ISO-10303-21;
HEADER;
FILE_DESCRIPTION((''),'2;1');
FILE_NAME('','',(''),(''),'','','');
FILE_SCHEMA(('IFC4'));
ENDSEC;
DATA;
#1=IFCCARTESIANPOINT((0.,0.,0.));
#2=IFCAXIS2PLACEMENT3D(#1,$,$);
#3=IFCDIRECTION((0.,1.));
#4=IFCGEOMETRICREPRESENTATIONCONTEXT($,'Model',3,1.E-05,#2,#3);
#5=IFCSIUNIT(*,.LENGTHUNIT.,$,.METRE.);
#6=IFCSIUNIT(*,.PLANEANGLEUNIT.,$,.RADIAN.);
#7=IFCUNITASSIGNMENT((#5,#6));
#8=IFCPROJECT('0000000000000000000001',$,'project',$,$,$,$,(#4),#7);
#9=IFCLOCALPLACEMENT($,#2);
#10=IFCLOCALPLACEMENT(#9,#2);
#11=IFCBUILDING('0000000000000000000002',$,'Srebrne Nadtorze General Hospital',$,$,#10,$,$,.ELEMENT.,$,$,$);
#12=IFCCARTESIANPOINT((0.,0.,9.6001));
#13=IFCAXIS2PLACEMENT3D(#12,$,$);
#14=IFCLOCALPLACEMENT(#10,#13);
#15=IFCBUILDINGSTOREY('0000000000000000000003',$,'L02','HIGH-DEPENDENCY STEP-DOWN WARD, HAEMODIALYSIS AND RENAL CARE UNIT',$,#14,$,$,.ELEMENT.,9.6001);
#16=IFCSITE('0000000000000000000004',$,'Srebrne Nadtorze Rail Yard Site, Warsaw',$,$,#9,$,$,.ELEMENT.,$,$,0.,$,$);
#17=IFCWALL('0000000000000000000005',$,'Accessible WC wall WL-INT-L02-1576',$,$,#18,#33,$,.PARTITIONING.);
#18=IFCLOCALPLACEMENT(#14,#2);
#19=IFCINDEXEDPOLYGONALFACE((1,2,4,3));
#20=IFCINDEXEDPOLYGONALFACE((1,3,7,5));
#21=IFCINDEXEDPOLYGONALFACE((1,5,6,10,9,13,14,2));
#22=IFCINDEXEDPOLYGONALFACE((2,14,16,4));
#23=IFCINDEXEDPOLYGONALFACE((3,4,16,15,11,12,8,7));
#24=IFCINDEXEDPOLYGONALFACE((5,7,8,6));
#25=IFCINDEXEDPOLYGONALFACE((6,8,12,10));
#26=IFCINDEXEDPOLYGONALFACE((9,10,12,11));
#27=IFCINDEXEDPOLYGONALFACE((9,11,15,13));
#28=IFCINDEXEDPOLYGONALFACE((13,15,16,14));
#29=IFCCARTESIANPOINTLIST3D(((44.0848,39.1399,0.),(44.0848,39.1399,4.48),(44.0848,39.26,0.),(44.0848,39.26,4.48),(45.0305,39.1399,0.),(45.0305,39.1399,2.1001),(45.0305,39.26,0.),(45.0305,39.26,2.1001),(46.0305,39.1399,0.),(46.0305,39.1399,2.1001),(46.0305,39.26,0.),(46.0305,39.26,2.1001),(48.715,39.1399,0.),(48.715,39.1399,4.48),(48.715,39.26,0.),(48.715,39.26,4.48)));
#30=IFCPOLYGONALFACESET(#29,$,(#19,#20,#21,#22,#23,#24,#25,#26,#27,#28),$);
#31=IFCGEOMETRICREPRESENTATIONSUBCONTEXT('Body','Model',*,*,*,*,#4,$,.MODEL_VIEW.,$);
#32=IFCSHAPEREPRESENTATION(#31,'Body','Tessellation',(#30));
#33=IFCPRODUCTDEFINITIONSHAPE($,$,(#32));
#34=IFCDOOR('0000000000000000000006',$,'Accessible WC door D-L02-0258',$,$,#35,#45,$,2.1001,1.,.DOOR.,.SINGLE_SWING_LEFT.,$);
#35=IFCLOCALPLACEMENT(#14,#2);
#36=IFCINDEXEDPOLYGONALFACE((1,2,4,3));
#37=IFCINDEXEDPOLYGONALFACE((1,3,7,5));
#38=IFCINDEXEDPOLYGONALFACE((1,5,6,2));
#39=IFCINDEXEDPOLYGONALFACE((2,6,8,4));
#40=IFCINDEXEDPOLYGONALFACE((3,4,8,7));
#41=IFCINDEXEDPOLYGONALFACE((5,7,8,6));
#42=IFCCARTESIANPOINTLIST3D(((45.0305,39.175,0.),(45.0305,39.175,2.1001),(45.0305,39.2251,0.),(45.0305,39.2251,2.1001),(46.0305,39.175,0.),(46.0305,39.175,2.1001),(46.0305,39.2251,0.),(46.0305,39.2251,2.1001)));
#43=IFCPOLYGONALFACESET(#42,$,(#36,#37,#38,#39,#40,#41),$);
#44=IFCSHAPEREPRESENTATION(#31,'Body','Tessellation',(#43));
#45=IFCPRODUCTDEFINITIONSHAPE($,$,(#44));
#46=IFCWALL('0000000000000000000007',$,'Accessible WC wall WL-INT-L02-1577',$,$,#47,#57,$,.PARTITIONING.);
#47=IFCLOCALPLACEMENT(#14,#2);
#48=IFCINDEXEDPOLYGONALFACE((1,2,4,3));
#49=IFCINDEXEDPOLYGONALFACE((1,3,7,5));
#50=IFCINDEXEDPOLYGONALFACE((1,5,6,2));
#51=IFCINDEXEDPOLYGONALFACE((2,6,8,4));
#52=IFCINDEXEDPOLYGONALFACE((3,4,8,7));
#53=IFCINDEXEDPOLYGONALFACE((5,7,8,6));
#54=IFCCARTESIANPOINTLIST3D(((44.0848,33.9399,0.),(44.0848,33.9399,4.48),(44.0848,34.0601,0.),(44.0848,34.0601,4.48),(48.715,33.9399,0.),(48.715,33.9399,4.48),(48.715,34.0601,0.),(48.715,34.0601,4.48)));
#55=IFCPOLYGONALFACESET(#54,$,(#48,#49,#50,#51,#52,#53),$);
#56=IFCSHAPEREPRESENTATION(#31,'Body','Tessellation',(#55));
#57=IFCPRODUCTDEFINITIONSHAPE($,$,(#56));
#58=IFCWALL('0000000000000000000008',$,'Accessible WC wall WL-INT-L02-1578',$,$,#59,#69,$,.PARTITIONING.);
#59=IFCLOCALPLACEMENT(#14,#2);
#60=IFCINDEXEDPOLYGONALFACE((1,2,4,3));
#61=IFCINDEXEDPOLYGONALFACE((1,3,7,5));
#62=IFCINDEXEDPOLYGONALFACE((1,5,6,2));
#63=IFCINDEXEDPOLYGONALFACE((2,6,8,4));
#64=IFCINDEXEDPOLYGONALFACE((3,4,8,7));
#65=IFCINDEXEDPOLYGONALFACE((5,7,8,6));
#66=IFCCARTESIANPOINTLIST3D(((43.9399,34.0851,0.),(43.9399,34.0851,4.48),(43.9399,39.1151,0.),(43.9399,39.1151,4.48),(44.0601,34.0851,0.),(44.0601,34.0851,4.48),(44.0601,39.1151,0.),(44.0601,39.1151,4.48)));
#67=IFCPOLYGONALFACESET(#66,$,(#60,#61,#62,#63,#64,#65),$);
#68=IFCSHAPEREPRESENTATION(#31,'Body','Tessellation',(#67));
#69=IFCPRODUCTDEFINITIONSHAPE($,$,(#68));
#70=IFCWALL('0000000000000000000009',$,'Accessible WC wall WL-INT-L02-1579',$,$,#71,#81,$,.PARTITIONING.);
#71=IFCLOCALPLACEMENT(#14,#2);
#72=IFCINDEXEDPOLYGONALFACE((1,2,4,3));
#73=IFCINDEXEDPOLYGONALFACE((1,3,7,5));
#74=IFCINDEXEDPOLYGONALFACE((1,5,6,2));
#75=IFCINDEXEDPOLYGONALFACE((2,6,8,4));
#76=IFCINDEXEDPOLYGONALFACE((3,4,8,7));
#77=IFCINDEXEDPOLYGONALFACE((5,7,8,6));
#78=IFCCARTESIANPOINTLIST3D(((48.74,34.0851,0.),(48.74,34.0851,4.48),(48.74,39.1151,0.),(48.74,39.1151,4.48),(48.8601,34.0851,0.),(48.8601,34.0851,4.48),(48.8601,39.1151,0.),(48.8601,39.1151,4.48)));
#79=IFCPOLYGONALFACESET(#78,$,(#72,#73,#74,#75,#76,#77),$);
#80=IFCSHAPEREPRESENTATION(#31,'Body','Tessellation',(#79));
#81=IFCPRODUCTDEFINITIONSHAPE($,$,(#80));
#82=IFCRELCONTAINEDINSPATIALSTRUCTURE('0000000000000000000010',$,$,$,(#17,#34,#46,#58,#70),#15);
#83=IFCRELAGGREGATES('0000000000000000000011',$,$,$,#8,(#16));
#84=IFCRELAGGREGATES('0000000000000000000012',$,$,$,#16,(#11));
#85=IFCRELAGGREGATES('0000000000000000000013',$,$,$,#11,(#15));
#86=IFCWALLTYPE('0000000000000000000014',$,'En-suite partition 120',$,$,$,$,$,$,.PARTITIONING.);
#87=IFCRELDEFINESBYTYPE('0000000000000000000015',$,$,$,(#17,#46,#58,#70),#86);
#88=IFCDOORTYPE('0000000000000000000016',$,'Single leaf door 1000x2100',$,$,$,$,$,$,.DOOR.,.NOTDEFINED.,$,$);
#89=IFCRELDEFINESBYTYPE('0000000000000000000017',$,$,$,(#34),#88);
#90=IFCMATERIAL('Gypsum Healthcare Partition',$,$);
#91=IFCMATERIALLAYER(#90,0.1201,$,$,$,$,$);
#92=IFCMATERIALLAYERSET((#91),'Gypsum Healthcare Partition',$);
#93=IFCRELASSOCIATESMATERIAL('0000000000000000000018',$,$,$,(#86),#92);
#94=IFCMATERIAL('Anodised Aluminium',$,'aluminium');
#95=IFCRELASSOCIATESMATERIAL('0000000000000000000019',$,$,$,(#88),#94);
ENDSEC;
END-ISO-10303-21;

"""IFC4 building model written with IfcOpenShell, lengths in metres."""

from ifc_helpers import new_model, si_unit, direction, frame, frame_2d, origin, place, context, subcontext, project, spatial, rectangle, extrude, material, layer, layer_set, type_object, element, fill, save


model = new_model("IFC4")

# Units and contexts
model_context = context("Model", 3, precision=1e-05, world=origin(), true_north=direction((0.0, 1.0)))
body_context = subcontext(model_context, "Body", "Model", "MODEL_VIEW")
ifc_project = project(units=[si_unit("LENGTHUNIT", "METRE"), si_unit("PLANEANGLEUNIT", "RADIAN")], contexts=[model_context])

# Site, building, storey
site_placement = place(None, origin())
site = spatial("IfcSite", under=ifc_project, at=site_placement, Name="Srebrne Nadtorze Rail Yard Site, Warsaw", CompositionType="ELEMENT", RefElevation=0.0)
building_placement = place(site_placement, origin())
building = spatial("IfcBuilding", under=site, at=building_placement, Name="Srebrne Nadtorze General Hospital", CompositionType="ELEMENT")
storey_placement = place(building_placement, frame((0.0, 0.0, 9.6001)))
storey = spatial("IfcBuildingStorey", under=building, at=storey_placement, Name="L02", Description="HIGH-DEPENDENCY STEP-DOWN WARD, HAEMODIALYSIS AND RENAL CARE UNIT", CompositionType="ELEMENT", Elevation=9.6001)

# Wall, opening, door
ifc_material_1 = material(Name="Gypsum Healthcare Partition")
ifc_layer_1 = layer(ifc_material_1, 0.1201)
ifc_layer_set_1 = layer_set([ifc_layer_1], Name="Gypsum Healthcare Partition")
wall_type_1 = type_object("IfcWallType", Name="En-suite partition 120", PredefinedType="PARTITIONING", material=ifc_layer_set_1)
wall_1_placement = place(storey_placement, frame((44.085, 39.2, 0.0), z_axis=(0.0, 0.0, 1.0), x_axis=(1.0, 0.0, 0.0)))
wall_1 = element("IfcWall", 1, at=wall_1_placement, inside=storey, type_object=wall_type_1, Name="Accessible WC wall WL-INT-L02-1576", PredefinedType="PARTITIONING", context=body_context, shape_type="SweptSolid", body=[
    extrude(rectangle(XDim=4.6301, YDim=0.1201, at=frame_2d((2.3149, 0.0))), origin(), (0.0, 0.0, 1.0), 4.48),
])
opening_placement = place(wall_1_placement, frame((0.9456, 0.0, 0.0)))
opening = element("IfcOpeningElement", 2, at=opening_placement, cuts=wall_1, PredefinedType="OPENING", context=body_context, shape_type="SweptSolid", body=[
    extrude(rectangle(XDim=1.0, YDim=2.1001, at=frame_2d((0.5, 1.05))), frame((0.0, 0.072, 0.0), z_axis=(0.0, -1.0, 0.0), x_axis=(1.0, 0.0, 0.0)), (0.0, 0.0, 1.0), 0.144),
])
ifc_material_2 = material(Name="Anodised Aluminium", Category="aluminium")
door_type = type_object("IfcDoorType", Name="Single leaf door 1000x2100", OperationType="NOTDEFINED", PredefinedType="DOOR", material=ifc_material_2)
door_placement = place(opening_placement, frame((1.0, 0.0, 0.0), z_axis=(0.0, 0.0, 1.0), x_axis=(-1.0, 0.0, 0.0)))
door = element("IfcDoor", 3, at=door_placement, inside=storey, type_object=door_type, Name="Accessible WC door D-L02-0258", OperationType="SINGLE_SWING_LEFT", OverallHeight=2.1001, OverallWidth=1.0, PredefinedType="DOOR", context=body_context, shape_type="SweptSolid", body=[
    extrude(rectangle(XDim=1.0, YDim=2.1001, at=frame_2d((0.5, 1.05))), frame((0.0, 0.0249, 0.0), z_axis=(0.0, -1.0, 0.0), x_axis=(1.0, 0.0, 0.0)), (0.0, 0.0, 1.0), 0.05),
])
fill(opening, door)

# Walls
wall_2_placement = place(storey_placement, frame((44.085, 34.0, 0.0), z_axis=(0.0, 0.0, 1.0), x_axis=(1.0, 0.0, 0.0)))
element("IfcWall", 4, at=wall_2_placement, inside=storey, type_object=wall_type_1, Name="Accessible WC wall WL-INT-L02-1577", PredefinedType="PARTITIONING", context=body_context, shape_type="SweptSolid", body=[
    extrude(rectangle(XDim=4.6301, YDim=0.1201, at=frame_2d((2.3149, 0.0))), origin(), (0.0, 0.0, 1.0), 4.48),
])
for number, where, z_axis, x_axis, name in (
    (5, (44.0, 34.085, 0.0), (0.0, 0.0, 1.0), (0.0, 1.0, 0.0), "Accessible WC wall WL-INT-L02-1578"),
    (6, (48.8, 34.085, 0.0), (0.0, 0.0, 1.0), (0.0, 1.0, 0.0), "Accessible WC wall WL-INT-L02-1579"),
):
    element("IfcWall", number, at=place(storey_placement, frame(where, z_axis=z_axis, x_axis=x_axis)), inside=storey, type_object=wall_type_1, Name=name, PredefinedType="PARTITIONING", context=body_context, shape_type="SweptSolid", body=[
        extrude(rectangle(XDim=5.03, YDim=0.1201, at=frame_2d((2.5151, 0.0))), origin(), (0.0, 0.0, 1.0), 4.48),
    ])

save(model, "model.ifc")
